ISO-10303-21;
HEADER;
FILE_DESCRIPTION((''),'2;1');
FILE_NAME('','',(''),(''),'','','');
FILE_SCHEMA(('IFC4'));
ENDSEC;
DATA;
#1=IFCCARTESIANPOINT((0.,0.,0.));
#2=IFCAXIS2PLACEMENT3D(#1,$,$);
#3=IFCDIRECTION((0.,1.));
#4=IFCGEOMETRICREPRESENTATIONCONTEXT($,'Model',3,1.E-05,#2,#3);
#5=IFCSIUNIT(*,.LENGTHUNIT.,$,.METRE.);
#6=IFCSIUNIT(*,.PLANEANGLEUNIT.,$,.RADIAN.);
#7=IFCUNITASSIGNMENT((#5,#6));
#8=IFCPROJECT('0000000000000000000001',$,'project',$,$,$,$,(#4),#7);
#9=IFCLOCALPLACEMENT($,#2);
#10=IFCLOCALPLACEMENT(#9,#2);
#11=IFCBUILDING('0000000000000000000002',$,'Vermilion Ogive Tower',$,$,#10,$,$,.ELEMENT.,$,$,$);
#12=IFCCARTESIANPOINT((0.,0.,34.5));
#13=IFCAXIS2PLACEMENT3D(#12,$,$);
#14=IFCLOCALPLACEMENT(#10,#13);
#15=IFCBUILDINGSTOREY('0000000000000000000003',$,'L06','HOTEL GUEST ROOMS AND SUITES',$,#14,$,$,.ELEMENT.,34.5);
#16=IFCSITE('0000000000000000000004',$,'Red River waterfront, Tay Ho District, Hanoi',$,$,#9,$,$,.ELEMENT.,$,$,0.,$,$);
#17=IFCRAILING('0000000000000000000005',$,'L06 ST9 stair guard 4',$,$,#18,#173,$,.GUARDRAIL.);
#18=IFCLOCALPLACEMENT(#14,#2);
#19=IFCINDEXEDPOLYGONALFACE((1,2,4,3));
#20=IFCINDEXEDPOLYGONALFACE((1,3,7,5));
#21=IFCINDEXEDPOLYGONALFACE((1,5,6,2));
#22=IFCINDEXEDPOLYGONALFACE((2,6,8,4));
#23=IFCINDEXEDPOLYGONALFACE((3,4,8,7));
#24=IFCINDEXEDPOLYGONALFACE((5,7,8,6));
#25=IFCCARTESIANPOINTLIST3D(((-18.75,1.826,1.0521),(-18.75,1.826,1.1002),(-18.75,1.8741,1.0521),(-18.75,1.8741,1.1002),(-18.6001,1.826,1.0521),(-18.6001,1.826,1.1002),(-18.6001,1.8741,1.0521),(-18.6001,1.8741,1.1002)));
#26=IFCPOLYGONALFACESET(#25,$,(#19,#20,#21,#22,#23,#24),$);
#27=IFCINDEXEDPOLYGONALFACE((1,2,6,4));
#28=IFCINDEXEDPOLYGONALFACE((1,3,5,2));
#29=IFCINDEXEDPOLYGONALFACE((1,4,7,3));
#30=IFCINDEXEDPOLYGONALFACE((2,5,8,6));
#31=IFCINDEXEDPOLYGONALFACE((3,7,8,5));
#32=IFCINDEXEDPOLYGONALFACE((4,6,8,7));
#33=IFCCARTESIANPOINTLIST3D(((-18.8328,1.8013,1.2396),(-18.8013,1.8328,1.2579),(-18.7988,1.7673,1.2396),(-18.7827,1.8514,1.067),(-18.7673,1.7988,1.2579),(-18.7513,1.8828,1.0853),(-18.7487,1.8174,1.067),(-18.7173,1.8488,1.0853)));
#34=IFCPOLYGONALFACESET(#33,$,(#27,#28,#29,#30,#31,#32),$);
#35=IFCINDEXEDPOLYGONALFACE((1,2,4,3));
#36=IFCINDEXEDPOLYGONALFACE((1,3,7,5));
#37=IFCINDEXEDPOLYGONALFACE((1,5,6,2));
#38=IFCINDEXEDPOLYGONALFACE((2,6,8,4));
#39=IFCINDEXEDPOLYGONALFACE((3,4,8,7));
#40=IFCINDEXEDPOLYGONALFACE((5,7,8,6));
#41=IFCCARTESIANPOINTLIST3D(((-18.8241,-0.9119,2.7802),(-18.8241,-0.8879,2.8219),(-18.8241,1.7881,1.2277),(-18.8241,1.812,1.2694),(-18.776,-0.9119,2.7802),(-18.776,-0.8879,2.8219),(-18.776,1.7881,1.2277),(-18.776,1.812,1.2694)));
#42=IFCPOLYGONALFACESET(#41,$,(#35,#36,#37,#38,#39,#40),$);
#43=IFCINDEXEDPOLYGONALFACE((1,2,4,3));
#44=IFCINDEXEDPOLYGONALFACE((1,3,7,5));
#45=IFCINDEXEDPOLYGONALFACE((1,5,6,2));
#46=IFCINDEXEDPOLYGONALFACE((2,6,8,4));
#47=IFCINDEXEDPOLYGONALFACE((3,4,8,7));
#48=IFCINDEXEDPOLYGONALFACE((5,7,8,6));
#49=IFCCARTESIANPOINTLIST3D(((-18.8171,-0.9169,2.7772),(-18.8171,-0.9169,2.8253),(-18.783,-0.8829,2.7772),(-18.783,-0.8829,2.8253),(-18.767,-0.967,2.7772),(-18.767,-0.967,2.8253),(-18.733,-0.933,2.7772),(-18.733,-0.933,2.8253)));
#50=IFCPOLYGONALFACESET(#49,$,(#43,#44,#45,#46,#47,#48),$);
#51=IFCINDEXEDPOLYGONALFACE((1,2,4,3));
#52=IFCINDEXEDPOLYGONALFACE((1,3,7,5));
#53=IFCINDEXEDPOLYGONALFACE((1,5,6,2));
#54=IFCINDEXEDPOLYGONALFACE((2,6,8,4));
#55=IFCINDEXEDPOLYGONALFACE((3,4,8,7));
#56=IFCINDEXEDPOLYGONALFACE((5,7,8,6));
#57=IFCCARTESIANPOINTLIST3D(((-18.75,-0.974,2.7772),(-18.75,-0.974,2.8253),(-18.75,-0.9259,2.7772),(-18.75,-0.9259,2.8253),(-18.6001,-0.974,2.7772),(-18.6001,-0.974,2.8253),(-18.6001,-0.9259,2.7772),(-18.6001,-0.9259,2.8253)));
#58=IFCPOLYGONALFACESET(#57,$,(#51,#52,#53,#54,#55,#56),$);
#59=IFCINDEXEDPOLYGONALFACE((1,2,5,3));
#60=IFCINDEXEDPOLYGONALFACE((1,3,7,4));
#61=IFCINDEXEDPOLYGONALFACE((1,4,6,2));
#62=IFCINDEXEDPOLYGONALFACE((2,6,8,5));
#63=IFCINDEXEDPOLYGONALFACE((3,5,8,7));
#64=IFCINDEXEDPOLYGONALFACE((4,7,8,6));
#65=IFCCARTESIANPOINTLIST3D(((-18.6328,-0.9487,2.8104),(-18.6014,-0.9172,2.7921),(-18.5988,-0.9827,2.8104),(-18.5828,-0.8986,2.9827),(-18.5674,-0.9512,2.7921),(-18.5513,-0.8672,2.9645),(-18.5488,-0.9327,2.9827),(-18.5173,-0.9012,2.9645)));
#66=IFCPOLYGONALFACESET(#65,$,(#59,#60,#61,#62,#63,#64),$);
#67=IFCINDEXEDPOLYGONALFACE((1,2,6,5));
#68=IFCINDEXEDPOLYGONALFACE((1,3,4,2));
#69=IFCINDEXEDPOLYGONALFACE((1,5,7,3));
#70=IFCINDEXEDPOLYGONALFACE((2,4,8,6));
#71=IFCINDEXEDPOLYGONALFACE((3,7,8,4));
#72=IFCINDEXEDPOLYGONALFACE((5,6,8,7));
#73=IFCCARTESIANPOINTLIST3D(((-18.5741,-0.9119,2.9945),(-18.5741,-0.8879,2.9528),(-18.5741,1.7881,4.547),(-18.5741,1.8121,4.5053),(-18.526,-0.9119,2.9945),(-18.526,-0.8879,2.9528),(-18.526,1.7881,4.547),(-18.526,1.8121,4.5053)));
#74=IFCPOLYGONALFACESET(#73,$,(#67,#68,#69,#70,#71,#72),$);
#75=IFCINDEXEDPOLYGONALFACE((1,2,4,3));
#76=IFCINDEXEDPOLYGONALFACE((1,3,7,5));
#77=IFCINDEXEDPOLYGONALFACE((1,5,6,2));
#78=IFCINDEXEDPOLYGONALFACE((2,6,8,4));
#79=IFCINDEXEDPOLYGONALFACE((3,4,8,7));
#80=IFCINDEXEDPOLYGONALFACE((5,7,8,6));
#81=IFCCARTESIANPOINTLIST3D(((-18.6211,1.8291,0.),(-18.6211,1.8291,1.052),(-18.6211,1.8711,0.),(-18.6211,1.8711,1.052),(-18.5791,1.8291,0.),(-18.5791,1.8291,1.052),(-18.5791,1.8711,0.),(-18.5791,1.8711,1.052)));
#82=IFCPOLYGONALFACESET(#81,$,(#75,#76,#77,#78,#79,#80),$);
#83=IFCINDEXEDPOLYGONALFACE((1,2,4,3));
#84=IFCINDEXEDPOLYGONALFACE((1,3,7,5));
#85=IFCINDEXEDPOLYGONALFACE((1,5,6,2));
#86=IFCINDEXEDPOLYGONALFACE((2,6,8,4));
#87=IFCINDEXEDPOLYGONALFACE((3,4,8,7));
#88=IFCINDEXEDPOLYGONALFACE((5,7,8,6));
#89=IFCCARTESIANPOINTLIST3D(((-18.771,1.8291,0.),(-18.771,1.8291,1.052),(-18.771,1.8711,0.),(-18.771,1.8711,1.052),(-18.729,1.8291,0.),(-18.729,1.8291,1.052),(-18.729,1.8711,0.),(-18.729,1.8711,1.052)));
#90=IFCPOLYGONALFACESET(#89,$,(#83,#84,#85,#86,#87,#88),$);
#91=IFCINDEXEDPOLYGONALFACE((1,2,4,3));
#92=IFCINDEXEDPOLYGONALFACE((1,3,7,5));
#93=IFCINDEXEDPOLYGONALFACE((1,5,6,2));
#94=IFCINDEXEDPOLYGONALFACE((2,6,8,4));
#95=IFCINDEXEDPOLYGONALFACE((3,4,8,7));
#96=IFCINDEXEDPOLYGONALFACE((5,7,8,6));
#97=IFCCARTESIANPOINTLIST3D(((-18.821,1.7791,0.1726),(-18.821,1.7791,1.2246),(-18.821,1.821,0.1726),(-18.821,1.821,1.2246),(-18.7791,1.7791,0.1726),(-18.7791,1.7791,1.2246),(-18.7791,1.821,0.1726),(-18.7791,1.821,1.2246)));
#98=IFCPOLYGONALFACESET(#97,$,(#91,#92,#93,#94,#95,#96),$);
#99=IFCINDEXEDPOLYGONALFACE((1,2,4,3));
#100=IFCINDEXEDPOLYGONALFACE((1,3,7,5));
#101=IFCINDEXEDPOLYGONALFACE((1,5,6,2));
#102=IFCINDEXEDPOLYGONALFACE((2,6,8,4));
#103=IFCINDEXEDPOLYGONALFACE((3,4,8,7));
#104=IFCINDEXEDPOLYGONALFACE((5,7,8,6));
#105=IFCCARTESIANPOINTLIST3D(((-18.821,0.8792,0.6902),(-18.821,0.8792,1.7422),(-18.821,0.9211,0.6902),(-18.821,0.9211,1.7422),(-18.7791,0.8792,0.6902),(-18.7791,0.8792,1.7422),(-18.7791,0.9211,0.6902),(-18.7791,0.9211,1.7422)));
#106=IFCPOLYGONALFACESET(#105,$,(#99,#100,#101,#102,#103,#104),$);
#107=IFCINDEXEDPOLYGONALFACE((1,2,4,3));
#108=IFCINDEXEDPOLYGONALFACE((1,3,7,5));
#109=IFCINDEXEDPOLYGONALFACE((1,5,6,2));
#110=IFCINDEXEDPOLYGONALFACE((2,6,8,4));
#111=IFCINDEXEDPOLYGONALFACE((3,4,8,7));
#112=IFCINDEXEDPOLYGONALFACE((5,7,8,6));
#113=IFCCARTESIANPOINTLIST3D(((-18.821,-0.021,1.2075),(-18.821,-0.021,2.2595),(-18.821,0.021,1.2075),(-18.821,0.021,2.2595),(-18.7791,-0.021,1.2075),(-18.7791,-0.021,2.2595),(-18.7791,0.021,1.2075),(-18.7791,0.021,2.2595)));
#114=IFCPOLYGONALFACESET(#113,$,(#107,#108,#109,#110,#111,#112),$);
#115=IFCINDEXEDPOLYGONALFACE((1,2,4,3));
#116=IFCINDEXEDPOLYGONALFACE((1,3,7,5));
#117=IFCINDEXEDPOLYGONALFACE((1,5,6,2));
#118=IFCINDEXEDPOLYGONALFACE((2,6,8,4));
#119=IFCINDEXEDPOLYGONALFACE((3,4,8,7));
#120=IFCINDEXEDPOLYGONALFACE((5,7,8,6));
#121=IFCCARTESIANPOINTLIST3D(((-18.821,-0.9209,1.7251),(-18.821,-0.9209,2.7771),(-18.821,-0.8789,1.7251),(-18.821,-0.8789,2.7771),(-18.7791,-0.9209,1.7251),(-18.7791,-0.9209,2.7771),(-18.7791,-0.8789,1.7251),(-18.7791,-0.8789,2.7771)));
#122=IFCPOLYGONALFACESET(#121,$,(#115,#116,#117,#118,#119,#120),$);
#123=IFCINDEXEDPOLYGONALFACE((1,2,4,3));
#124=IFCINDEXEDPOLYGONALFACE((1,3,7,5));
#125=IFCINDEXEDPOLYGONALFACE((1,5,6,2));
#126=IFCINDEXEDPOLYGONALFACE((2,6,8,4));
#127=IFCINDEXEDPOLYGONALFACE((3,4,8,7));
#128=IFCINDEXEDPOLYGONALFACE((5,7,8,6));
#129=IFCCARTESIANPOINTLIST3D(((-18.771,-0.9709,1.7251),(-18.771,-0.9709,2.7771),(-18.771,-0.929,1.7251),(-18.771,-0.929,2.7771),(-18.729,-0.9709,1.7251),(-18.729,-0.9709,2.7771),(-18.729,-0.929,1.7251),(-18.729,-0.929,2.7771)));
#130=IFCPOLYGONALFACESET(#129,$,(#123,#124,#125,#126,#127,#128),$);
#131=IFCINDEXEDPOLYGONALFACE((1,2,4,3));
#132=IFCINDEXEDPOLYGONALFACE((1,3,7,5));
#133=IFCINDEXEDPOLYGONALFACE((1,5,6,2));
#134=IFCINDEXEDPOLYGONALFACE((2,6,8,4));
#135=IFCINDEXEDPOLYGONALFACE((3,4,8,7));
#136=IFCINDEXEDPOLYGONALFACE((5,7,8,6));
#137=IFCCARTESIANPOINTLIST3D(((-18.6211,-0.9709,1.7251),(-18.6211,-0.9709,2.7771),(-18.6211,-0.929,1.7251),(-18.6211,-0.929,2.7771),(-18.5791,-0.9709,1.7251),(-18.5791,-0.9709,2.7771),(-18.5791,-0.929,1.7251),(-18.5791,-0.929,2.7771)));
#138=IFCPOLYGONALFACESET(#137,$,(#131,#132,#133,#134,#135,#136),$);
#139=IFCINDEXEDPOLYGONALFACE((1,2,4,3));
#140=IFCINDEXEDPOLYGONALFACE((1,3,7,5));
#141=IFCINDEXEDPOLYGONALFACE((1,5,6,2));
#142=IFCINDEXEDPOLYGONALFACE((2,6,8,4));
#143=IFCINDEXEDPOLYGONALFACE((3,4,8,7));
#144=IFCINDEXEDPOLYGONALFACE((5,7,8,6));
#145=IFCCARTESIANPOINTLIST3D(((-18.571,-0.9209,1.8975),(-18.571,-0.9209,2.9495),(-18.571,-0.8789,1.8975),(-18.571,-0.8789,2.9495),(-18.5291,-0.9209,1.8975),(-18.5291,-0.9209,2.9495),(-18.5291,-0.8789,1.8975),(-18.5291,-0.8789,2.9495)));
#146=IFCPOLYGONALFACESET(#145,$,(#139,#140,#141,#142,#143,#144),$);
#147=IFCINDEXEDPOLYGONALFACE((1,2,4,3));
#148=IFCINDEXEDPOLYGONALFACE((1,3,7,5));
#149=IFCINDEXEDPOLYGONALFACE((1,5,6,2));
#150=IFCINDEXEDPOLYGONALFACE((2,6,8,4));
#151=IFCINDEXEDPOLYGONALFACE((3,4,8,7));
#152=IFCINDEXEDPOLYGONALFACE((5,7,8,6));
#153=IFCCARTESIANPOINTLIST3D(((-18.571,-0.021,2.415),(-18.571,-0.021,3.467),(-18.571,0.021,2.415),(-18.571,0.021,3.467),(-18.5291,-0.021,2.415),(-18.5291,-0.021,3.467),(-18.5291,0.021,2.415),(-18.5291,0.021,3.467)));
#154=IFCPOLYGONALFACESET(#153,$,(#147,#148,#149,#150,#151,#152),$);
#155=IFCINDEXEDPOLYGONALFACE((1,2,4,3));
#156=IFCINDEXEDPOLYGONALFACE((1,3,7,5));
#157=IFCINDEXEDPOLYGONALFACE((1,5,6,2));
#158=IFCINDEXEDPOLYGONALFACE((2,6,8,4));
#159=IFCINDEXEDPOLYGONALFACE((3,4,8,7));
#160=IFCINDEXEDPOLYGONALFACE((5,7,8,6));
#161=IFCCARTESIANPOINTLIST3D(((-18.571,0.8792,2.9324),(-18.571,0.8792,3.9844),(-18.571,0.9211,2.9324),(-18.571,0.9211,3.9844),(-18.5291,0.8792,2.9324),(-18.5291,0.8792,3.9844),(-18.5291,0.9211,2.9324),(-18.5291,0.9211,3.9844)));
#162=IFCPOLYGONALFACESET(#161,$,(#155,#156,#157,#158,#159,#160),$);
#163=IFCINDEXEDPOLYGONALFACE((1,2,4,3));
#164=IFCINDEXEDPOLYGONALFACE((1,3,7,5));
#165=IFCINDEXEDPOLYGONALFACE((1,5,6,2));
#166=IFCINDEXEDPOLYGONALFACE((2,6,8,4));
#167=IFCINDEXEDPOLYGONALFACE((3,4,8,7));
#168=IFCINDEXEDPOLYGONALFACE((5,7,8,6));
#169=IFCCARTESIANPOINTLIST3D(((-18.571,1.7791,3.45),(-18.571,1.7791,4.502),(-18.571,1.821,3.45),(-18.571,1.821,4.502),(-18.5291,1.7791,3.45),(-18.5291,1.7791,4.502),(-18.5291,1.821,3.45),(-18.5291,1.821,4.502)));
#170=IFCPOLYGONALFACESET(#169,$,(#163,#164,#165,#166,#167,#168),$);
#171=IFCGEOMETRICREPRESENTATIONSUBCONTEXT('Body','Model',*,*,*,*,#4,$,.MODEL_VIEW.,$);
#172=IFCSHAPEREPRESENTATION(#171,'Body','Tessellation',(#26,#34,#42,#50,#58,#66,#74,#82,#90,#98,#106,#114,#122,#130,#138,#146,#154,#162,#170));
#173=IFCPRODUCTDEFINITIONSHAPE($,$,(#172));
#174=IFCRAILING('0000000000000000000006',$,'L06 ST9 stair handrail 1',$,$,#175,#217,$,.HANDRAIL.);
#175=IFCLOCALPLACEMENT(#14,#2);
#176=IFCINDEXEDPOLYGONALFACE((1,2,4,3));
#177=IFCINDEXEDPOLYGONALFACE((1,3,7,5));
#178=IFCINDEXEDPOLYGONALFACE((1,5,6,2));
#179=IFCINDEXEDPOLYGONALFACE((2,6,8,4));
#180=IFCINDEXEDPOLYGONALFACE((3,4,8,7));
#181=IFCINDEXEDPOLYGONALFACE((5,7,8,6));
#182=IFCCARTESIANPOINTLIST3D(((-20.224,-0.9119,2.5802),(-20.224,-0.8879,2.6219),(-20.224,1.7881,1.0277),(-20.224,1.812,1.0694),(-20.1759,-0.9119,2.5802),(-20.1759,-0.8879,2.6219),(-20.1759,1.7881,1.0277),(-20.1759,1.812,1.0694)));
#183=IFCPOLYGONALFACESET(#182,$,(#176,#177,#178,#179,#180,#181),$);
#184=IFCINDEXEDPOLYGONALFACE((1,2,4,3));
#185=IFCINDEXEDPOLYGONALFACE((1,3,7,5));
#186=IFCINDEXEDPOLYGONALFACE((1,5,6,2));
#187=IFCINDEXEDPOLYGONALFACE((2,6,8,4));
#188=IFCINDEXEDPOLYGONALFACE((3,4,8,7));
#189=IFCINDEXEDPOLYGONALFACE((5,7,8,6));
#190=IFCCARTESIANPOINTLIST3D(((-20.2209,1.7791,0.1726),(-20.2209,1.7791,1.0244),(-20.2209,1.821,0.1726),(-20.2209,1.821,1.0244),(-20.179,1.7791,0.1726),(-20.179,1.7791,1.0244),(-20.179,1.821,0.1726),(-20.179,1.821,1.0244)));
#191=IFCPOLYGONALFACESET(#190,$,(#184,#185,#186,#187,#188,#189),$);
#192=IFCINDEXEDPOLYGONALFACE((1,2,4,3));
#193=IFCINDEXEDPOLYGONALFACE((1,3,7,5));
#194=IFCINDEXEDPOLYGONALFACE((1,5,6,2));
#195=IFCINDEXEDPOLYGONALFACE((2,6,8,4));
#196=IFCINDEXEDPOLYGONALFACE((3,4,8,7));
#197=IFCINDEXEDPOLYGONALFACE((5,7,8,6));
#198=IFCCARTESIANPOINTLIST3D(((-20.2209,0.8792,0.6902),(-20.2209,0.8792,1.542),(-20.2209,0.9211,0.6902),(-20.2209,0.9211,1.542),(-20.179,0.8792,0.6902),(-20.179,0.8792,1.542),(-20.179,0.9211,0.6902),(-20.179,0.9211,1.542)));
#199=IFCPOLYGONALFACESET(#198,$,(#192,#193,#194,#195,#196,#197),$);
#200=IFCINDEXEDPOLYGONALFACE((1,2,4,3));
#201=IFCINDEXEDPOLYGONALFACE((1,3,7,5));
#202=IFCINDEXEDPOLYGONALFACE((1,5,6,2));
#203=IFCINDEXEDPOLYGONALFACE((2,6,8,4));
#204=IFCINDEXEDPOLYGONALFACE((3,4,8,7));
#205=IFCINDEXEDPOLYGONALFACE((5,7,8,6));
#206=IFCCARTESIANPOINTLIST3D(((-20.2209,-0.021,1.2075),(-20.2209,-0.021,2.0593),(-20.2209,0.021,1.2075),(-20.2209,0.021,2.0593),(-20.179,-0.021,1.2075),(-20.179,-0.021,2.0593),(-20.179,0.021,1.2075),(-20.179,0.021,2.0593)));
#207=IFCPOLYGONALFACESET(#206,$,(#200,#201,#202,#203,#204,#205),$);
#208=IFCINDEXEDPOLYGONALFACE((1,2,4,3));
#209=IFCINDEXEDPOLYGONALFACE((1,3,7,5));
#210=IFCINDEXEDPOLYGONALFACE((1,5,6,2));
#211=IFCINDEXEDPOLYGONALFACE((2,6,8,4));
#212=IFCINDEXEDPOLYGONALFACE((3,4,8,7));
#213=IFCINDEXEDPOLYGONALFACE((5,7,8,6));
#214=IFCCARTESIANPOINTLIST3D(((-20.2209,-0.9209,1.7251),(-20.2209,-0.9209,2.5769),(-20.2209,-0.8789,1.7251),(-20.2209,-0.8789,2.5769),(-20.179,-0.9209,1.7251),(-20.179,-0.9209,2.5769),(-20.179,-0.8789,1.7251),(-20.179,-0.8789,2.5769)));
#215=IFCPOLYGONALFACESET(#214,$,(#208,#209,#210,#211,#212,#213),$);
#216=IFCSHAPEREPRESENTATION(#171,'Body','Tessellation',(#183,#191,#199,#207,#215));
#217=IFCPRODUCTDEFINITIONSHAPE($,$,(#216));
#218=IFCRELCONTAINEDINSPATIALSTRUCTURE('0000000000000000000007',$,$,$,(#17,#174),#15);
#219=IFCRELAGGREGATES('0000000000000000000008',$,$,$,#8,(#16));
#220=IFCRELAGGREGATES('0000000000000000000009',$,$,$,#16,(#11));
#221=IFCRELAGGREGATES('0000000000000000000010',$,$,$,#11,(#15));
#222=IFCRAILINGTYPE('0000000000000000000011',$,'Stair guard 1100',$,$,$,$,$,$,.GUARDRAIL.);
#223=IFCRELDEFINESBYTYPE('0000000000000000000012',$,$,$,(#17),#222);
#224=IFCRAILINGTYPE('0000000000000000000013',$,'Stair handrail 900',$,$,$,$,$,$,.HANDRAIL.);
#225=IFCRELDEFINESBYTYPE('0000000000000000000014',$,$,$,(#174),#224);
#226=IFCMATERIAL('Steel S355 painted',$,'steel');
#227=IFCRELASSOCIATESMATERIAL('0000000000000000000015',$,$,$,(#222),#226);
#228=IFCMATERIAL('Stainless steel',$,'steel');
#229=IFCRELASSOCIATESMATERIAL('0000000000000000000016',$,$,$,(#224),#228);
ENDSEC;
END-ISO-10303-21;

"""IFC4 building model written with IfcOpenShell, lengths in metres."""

from ifc_helpers import new_model, si_unit, direction, frame, origin, origin_2d, place, context, subcontext, project, spatial, rectangle, extrude, material, type_object, element, save


model = new_model("IFC4")

# Units and contexts
model_context = context("Model", 3, precision=1e-05, world=origin(), true_north=direction((0.0, 1.0)))
body_context = subcontext(model_context, "Body", "Model", "MODEL_VIEW")
ifc_project = project(units=[si_unit("LENGTHUNIT", "METRE"), si_unit("PLANEANGLEUNIT", "RADIAN")], contexts=[model_context])

# Site, building, storey
site_placement = place(None, origin())
site = spatial("IfcSite", under=ifc_project, at=site_placement, Name="Red River waterfront, Tay Ho District, Hanoi", CompositionType="ELEMENT", RefElevation=0.0)
building_placement = place(site_placement, origin())
building = spatial("IfcBuilding", under=site, at=building_placement, Name="Vermilion Ogive Tower", CompositionType="ELEMENT")
storey_placement = place(building_placement, frame((0.0, 0.0, 34.5)))
storey = spatial("IfcBuildingStorey", under=building, at=storey_placement, Name="L06", Description="HOTEL GUEST ROOMS AND SUITES", CompositionType="ELEMENT", Elevation=34.5)

# Railings
ifc_material_1 = material(Name="Steel S355 painted", Category="steel")
railing_type_1 = type_object("IfcRailingType", Name="Stair guard 1100", PredefinedType="GUARDRAIL", material=ifc_material_1)
railing_1_placement = place(storey_placement, frame((-18.6001, 1.8501, 0.0)))
element("IfcRailing", 1, at=railing_1_placement, inside=storey, type_object=railing_type_1, Name="L06 ST9 stair guard 4", PredefinedType="GUARDRAIL", context=body_context, shape_type="SweptSolid", body=[
    extrude(rectangle(XDim=0.0481, YDim=0.0481, at=origin_2d()), frame((0.0, 0.0, 1.0762), z_axis=(-1.0, 0.0, 0.0), x_axis=(0.0, -1.0, 0.0)), (0.0, 0.0, 1.0), 0.1499),
    extrude(rectangle(XDim=0.0481, YDim=0.0481, at=origin_2d()), frame((-0.1499, 0.0, 1.0762), z_axis=(-0.268278, -0.268278, 0.925232), x_axis=(0.707107, -0.707107, 0.0)), (0.0, 0.0, 1.0), 0.1865),
    extrude(rectangle(XDim=0.0481, YDim=0.0481, at=origin_2d()), frame((-0.2, -0.05, 1.2485), z_axis=(0.0, -0.866904, 0.498476), x_axis=(1.0, 0.0, 0.0)), (0.0, 0.0, 1.0), 3.1145),
    extrude(rectangle(XDim=0.0481, YDim=0.0481, at=origin_2d()), frame((-0.2, -2.75, 2.8013), z_axis=(0.707107, -0.707107, 0.0), x_axis=(0.707107, 0.707107, 0.0)), (0.0, 0.0, 1.0), 0.0708),
    extrude(rectangle(XDim=0.0481, YDim=0.0481, at=origin_2d()), frame((-0.1499, -2.8, 2.8013), z_axis=(1.0, 0.0, 0.0), x_axis=(0.0, 1.0, 0.0)), (0.0, 0.0, 1.0), 0.1499),
    extrude(rectangle(XDim=0.0481, YDim=0.0481, at=origin_2d()), frame((0.0, -2.8, 2.8013), z_axis=(0.268603, 0.268603, 0.925043), x_axis=(-0.707107, 0.707107, 0.0)), (0.0, 0.0, 1.0), 0.1863),
    extrude(rectangle(XDim=0.0481, YDim=0.0481, at=origin_2d()), frame((0.05, -2.75, 2.9736), z_axis=(0.0, 0.866904, 0.498476), x_axis=(-1.0, 0.0, 0.0)), (0.0, 0.0, 1.0), 3.1145),
    extrude(rectangle(XDim=0.042, YDim=0.042, at=origin_2d()), origin(), (0.0, 0.0, 1.0), 1.052),
    extrude(rectangle(XDim=0.042, YDim=0.042, at=origin_2d()), frame((-0.1499, 0.0, 0.0)), (0.0, 0.0, 1.0), 1.052),
    extrude(rectangle(XDim=0.042, YDim=0.042, at=origin_2d()), frame((-0.2, -0.05, 0.1726)), (0.0, 0.0, 1.0), 1.052),
    extrude(rectangle(XDim=0.042, YDim=0.042, at=origin_2d()), frame((-0.2, -0.95, 0.6902)), (0.0, 0.0, 1.0), 1.052),
    extrude(rectangle(XDim=0.042, YDim=0.042, at=origin_2d()), frame((-0.2, -1.8501, 1.2075)), (0.0, 0.0, 1.0), 1.052),
    extrude(rectangle(XDim=0.042, YDim=0.042, at=origin_2d()), frame((-0.2, -2.75, 1.7251)), (0.0, 0.0, 1.0), 1.052),
    extrude(rectangle(XDim=0.042, YDim=0.042, at=origin_2d()), frame((-0.1499, -2.8, 1.7251)), (0.0, 0.0, 1.0), 1.052),
    extrude(rectangle(XDim=0.042, YDim=0.042, at=origin_2d()), frame((0.0, -2.8, 1.7251)), (0.0, 0.0, 1.0), 1.052),
    extrude(rectangle(XDim=0.042, YDim=0.042, at=origin_2d()), frame((0.05, -2.75, 1.8975)), (0.0, 0.0, 1.0), 1.052),
    extrude(rectangle(XDim=0.042, YDim=0.042, at=origin_2d()), frame((0.05, -1.8501, 2.415)), (0.0, 0.0, 1.0), 1.052),
    extrude(rectangle(XDim=0.042, YDim=0.042, at=origin_2d()), frame((0.05, -0.95, 2.9324)), (0.0, 0.0, 1.0), 1.052),
    extrude(rectangle(XDim=0.042, YDim=0.042, at=origin_2d()), frame((0.05, -0.05, 3.45)), (0.0, 0.0, 1.0), 1.052),
])
ifc_material_2 = material(Name="Stainless steel", Category="steel")
railing_type_2 = type_object("IfcRailingType", Name="Stair handrail 900", PredefinedType="HANDRAIL", material=ifc_material_2)
railing_2_placement = place(storey_placement, frame((-20.2, 1.8, 0.1726)))
element("IfcRailing", 2, at=railing_2_placement, inside=storey, type_object=railing_type_2, Name="L06 ST9 stair handrail 1", PredefinedType="HANDRAIL", context=body_context, shape_type="SweptSolid", body=[
    extrude(rectangle(XDim=0.0481, YDim=0.0481, at=origin_2d()), frame((0.0, 0.0, 0.876), z_axis=(0.0, -0.866904, 0.498476), x_axis=(1.0, 0.0, 0.0)), (0.0, 0.0, 1.0), 3.1145),
    extrude(rectangle(XDim=0.042, YDim=0.042, at=origin_2d()), origin(), (0.0, 0.0, 1.0), 0.8518),
    extrude(rectangle(XDim=0.042, YDim=0.042, at=origin_2d()), frame((0.0, -0.8999, 0.5176)), (0.0, 0.0, 1.0), 0.8518),
    extrude(rectangle(XDim=0.042, YDim=0.042, at=origin_2d()), frame((0.0, -1.8, 1.0349)), (0.0, 0.0, 1.0), 0.8518),
    extrude(rectangle(XDim=0.042, YDim=0.042, at=origin_2d()), frame((0.0, -2.7, 1.5525)), (0.0, 0.0, 1.0), 0.8518),
])

save(model, "model.ifc")
